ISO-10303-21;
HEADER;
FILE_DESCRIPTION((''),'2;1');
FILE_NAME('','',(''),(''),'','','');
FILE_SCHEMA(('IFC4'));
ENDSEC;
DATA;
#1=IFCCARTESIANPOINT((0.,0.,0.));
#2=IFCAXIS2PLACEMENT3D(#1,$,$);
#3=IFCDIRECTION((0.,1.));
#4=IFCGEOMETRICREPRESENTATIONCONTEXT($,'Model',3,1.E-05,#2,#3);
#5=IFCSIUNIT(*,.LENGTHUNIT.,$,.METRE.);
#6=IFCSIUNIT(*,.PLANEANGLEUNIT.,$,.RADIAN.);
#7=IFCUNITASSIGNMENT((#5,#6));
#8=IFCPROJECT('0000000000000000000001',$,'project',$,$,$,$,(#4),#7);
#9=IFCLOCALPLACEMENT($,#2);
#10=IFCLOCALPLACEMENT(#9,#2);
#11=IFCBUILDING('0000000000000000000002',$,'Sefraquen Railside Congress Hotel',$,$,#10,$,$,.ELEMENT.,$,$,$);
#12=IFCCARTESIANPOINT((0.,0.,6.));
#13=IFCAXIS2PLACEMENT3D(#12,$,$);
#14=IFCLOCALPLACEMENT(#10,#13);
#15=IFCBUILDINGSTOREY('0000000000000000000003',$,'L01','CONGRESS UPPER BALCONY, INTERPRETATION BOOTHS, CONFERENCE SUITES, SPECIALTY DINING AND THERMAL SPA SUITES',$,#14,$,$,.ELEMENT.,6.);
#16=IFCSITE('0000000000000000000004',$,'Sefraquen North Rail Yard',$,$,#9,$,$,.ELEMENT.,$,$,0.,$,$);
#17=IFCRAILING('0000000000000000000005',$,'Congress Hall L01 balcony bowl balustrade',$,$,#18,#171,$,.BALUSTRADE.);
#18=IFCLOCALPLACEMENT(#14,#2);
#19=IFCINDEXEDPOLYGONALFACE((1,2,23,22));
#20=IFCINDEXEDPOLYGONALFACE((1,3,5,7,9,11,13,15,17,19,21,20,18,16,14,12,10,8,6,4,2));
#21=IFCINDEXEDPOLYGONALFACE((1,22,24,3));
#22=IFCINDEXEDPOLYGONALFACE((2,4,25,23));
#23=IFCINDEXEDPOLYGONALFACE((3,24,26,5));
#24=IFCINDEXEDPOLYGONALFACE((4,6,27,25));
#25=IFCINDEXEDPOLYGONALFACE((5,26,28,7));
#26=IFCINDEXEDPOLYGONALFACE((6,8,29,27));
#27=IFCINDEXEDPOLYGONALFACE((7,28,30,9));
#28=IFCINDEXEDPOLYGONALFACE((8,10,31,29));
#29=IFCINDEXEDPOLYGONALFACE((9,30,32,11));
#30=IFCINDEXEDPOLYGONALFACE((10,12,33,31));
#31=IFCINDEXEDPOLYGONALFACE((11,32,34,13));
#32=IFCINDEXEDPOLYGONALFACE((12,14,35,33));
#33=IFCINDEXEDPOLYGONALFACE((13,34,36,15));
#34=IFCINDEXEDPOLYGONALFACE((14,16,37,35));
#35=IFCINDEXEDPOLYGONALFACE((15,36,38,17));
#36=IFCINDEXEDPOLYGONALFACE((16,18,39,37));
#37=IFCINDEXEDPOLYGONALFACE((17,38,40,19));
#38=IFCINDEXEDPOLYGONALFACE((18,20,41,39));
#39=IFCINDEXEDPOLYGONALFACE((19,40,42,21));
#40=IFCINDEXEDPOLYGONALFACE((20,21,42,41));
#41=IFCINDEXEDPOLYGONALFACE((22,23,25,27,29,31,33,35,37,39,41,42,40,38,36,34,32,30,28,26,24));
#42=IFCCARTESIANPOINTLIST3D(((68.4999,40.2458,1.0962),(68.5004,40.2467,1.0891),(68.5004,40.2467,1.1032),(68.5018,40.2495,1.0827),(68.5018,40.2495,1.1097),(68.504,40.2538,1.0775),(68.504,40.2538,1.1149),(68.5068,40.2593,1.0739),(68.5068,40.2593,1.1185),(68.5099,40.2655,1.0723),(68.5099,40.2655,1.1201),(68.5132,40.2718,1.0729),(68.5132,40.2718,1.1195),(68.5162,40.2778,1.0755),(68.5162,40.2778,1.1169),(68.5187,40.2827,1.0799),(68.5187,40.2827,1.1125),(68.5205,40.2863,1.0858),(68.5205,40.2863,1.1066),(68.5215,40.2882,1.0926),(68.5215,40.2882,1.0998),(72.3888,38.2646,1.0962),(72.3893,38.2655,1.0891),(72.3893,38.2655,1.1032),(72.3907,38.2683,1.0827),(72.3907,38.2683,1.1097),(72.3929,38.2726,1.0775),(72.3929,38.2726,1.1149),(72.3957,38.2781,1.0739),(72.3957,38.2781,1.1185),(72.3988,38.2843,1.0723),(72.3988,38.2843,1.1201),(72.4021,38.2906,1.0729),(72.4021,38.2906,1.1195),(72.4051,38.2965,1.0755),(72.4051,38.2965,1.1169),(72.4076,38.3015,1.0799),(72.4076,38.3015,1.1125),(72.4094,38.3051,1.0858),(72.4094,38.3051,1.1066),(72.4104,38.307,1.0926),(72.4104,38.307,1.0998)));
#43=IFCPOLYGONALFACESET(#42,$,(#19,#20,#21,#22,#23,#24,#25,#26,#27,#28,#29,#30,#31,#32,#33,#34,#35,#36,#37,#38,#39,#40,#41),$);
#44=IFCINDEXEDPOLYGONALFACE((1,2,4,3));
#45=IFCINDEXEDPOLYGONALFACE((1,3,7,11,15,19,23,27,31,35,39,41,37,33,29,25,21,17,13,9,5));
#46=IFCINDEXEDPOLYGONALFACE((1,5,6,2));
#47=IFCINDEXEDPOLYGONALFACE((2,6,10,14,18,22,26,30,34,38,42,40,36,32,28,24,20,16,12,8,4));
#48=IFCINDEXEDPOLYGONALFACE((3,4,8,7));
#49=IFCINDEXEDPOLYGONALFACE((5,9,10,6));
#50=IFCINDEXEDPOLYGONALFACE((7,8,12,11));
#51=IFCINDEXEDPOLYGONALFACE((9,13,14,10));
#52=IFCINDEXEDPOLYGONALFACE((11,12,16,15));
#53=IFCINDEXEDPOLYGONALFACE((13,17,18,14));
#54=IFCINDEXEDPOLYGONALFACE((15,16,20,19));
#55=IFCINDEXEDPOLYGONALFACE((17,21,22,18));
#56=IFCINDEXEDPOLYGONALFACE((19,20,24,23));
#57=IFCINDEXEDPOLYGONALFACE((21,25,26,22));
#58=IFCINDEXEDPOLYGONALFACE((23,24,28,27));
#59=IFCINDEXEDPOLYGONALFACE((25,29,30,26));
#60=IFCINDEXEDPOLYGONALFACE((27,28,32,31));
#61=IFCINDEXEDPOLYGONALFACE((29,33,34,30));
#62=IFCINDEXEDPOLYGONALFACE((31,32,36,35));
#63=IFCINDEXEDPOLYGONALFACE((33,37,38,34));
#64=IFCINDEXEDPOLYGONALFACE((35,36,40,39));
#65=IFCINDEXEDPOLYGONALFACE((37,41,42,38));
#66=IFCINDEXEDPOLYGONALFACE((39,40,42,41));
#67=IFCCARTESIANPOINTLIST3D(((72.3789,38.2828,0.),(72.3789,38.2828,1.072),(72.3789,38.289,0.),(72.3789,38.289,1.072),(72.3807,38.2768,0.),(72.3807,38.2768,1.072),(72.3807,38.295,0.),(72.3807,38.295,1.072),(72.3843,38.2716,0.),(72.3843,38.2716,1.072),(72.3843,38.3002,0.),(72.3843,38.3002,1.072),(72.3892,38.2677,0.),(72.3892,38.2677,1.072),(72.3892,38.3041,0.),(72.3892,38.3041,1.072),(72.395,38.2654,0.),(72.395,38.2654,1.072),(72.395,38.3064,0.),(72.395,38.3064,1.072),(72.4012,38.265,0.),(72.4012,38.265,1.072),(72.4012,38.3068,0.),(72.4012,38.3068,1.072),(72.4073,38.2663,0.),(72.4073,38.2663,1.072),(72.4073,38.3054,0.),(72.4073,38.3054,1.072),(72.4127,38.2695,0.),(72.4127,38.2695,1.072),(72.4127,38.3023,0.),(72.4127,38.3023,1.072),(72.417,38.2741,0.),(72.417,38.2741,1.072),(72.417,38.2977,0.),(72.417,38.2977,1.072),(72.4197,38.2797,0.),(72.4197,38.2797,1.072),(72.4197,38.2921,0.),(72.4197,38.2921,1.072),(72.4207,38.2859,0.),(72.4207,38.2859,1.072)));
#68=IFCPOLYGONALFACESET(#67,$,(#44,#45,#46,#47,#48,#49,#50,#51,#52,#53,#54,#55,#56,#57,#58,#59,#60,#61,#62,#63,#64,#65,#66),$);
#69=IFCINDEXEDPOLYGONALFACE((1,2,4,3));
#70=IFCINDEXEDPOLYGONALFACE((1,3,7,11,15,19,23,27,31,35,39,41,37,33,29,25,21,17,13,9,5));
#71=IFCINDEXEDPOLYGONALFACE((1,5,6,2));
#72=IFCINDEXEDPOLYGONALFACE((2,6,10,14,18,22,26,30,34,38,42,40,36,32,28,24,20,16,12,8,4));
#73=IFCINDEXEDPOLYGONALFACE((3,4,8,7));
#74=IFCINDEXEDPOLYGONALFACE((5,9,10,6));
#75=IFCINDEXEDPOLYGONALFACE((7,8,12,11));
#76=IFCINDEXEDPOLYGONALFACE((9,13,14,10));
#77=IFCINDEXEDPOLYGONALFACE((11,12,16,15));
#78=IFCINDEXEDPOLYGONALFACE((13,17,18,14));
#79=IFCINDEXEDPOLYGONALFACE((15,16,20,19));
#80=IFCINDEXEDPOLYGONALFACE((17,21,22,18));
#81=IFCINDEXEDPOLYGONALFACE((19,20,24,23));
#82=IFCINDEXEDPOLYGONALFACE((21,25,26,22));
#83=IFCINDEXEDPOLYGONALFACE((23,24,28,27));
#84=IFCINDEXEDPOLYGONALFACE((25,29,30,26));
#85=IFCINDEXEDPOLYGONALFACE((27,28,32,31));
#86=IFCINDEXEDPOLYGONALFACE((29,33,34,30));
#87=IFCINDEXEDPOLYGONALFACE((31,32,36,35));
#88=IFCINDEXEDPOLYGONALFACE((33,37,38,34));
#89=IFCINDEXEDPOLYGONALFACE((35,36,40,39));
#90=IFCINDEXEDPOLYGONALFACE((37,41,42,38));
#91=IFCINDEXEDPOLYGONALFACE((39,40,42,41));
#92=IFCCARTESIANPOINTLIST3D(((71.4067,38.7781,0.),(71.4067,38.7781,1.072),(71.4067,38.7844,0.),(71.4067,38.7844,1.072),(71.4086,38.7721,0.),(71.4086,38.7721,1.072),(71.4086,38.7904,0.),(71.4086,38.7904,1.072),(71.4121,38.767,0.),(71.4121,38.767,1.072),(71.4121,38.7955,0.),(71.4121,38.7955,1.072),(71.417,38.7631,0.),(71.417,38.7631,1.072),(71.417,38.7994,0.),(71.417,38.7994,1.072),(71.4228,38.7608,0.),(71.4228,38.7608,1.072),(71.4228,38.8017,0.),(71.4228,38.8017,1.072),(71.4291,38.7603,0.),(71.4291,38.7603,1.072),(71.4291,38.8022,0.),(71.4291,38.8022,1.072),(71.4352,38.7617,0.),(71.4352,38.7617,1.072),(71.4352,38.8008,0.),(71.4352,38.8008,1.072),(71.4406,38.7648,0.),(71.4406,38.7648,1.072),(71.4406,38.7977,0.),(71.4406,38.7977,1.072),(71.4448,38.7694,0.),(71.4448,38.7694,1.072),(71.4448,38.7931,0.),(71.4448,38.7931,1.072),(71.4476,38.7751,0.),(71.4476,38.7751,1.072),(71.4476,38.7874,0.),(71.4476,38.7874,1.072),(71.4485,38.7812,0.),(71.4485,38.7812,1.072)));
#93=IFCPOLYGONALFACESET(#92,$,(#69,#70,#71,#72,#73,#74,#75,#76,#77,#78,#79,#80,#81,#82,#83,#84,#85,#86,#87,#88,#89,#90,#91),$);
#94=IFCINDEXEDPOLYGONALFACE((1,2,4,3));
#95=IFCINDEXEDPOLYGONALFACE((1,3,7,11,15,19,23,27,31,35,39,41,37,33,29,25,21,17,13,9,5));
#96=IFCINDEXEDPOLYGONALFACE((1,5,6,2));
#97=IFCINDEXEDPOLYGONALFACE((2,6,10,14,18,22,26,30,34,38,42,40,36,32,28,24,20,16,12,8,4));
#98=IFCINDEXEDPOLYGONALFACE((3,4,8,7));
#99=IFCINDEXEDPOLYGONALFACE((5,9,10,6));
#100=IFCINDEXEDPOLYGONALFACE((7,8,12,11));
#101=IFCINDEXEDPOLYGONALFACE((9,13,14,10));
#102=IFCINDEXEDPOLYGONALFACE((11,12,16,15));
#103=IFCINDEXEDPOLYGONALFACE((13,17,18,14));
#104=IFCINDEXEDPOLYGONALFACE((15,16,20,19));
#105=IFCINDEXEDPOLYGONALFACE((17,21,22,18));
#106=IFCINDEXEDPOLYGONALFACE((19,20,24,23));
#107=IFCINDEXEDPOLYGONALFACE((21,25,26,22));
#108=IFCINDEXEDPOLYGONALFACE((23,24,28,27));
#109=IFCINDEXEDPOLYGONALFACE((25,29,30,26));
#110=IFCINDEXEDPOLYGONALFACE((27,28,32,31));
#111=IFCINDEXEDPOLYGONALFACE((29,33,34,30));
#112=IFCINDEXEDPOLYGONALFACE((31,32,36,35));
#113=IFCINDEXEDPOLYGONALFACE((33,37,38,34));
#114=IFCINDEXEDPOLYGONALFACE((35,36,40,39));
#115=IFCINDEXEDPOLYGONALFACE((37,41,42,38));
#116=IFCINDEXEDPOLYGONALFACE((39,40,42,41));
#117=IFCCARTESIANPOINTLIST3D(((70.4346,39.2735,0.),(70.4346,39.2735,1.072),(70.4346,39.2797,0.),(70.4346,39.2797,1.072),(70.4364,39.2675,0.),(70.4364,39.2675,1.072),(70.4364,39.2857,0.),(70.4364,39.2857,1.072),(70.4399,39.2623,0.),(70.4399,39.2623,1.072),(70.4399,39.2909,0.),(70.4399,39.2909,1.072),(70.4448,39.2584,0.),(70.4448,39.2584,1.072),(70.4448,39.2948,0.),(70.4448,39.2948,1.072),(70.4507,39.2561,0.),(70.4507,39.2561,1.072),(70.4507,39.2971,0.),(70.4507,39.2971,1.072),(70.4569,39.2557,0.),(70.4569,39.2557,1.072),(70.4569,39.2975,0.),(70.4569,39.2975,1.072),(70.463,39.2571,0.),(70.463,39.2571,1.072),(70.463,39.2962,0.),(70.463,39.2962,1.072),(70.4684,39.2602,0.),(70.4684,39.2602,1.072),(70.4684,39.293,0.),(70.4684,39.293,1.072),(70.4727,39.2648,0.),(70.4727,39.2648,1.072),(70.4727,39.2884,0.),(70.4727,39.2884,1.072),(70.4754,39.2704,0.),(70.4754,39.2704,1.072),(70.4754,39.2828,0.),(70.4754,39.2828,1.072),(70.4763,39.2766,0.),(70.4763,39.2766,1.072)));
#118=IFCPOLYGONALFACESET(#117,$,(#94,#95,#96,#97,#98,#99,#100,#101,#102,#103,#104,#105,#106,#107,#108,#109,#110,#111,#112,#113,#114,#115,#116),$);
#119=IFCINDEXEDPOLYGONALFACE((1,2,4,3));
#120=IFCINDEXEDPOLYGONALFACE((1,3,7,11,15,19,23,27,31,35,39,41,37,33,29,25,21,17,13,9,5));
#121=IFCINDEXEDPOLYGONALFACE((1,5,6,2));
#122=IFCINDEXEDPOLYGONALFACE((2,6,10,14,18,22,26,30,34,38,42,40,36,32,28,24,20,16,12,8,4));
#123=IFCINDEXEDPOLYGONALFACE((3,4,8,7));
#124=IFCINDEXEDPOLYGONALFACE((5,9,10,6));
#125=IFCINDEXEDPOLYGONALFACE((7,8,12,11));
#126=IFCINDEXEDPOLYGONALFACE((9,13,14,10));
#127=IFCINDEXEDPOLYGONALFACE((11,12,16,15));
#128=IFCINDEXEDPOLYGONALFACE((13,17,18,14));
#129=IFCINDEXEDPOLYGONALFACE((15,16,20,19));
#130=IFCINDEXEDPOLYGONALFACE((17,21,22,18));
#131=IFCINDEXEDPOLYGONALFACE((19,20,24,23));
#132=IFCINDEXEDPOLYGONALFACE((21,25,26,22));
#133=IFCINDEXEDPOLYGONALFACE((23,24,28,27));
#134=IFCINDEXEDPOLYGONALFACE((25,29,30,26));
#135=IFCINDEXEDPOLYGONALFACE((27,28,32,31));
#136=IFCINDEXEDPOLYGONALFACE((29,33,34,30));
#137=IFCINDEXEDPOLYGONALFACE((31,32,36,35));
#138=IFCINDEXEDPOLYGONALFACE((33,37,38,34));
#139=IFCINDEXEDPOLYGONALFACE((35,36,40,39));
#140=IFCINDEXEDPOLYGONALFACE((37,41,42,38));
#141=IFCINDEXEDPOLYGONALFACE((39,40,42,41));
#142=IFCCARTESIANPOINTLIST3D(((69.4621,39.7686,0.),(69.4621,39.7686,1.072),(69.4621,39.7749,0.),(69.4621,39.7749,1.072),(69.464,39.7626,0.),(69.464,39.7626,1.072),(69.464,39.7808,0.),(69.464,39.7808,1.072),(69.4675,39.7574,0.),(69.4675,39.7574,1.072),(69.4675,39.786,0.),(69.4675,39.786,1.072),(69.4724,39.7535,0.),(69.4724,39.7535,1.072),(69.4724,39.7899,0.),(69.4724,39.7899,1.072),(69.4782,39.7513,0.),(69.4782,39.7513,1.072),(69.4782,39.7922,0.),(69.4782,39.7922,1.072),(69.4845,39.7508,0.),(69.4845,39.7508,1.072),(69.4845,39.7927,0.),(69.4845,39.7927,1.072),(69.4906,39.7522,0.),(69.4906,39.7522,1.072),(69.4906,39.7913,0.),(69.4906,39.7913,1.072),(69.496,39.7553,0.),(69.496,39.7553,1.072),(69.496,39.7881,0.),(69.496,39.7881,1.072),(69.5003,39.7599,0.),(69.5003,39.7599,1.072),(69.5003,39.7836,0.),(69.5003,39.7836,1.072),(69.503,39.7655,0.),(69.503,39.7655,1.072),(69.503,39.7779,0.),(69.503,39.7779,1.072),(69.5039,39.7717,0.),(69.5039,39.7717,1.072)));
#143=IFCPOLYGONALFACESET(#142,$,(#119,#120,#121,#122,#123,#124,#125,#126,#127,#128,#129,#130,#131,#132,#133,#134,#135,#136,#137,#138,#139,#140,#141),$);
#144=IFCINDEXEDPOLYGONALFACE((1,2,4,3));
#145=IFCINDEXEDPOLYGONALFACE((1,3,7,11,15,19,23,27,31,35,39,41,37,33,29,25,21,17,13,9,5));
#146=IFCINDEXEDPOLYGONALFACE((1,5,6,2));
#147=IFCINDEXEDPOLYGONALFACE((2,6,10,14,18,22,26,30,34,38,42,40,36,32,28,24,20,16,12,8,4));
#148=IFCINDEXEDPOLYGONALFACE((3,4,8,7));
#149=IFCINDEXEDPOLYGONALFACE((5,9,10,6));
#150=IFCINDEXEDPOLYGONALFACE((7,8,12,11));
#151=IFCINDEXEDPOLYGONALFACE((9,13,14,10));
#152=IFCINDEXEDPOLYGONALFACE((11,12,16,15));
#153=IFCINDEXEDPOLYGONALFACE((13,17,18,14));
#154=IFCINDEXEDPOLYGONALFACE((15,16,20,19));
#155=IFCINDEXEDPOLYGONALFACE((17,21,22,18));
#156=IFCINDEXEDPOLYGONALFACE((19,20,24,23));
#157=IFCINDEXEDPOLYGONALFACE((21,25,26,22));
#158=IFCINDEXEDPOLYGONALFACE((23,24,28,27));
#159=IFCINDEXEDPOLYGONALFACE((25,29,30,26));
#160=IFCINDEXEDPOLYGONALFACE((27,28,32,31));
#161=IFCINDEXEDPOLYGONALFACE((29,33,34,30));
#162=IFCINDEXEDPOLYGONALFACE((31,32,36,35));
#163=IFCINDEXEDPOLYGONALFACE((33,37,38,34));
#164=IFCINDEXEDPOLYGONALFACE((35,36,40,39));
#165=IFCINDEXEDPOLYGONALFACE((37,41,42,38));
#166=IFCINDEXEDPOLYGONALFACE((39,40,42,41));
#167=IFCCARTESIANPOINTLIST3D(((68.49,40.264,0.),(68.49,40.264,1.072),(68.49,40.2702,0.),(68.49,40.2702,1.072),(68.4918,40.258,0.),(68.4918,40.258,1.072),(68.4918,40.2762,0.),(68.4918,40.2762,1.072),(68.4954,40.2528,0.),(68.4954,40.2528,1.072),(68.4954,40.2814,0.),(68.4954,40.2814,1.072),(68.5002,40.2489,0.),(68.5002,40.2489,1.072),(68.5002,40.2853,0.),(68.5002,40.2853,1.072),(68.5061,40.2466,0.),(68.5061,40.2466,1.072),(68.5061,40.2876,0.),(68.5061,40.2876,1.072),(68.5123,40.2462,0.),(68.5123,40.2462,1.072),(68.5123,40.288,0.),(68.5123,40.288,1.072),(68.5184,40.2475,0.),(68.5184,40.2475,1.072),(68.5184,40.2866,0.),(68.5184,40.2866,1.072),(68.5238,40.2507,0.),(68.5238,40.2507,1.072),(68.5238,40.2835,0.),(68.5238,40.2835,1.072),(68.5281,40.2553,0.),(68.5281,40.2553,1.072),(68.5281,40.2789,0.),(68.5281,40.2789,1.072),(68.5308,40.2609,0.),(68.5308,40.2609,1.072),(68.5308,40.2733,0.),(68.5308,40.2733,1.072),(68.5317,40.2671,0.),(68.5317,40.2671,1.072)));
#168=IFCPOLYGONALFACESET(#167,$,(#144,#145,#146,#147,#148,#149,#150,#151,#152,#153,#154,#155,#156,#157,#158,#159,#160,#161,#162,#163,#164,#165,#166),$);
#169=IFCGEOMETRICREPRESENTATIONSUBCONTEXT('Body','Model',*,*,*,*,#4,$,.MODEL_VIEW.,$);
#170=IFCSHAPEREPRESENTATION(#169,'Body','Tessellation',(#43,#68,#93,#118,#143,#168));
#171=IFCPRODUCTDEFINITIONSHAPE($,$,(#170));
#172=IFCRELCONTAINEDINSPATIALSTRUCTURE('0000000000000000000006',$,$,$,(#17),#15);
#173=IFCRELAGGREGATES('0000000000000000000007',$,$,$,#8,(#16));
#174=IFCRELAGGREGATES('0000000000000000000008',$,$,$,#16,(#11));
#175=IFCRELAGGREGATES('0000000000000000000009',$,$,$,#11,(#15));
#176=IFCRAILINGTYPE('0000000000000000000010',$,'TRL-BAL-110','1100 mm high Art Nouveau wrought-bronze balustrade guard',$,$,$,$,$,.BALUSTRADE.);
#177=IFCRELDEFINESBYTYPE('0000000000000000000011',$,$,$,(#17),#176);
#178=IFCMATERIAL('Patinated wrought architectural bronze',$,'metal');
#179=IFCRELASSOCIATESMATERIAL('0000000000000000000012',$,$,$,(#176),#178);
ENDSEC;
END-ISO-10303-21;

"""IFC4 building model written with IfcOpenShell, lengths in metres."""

from ifc_helpers import new_model, si_unit, direction, frame, origin, origin_2d, place, context, subcontext, project, spatial, circle, extrude, material, type_object, element, save


model = new_model("IFC4")

# Units and contexts
model_context = context("Model", 3, precision=1e-05, world=origin(), true_north=direction((0.0, 1.0)))
body_context = subcontext(model_context, "Body", "Model", "MODEL_VIEW")
ifc_project = project(units=[si_unit("LENGTHUNIT", "METRE"), si_unit("PLANEANGLEUNIT", "RADIAN")], contexts=[model_context])

# Site, building, storey
site_placement = place(None, origin())
site = spatial("IfcSite", under=ifc_project, at=site_placement, Name="Sefraquen North Rail Yard", CompositionType="ELEMENT", RefElevation=0.0)
building_placement = place(site_placement, origin())
building = spatial("IfcBuilding", under=site, at=building_placement, Name="Sefraquen Railside Congress Hotel", CompositionType="ELEMENT")
storey_placement = place(building_placement, frame((0.0, 0.0, 6.0)))
storey = spatial("IfcBuildingStorey", under=building, at=storey_placement, Name="L01", Description="CONGRESS UPPER BALCONY, INTERPRETATION BOOTHS, CONFERENCE SUITES, SPECIALTY DINING AND THERMAL SPA SUITES", CompositionType="ELEMENT", Elevation=6.0)

# Railing
ifc_material_1 = material(Name="Patinated wrought architectural bronze", Category="metal")
railing_type = type_object("IfcRailingType", Name="TRL-BAL-110", Description="1100 mm high Art Nouveau wrought-bronze balustrade guard", PredefinedType="BALUSTRADE", material=ifc_material_1)
railing_1_placement = place(storey_placement, frame((72.3997, 38.2859, 0.0)))
element("IfcRailing", 1, at=railing_1_placement, inside=storey, type_object=railing_type, Name="Congress Hall L01 balcony bowl balustrade", PredefinedType="BALUSTRADE", context=body_context, shape_type="SweptSolid", body=[
    extrude(circle(Radius=0.0239, at=origin_2d()), frame((0.0, 0.0, 1.0962), z_axis=(-0.891034, 0.453936, 0.0), x_axis=(-0.453936, -0.891034, 0.0)), (0.0, 0.0, 1.0), 4.3645),
    extrude(circle(Radius=0.021, at=origin_2d()), origin(), (0.0, 0.0, 1.0), 1.072),
    extrude(circle(Radius=0.021, at=origin_2d()), frame((-0.9722, 0.4954, 0.0)), (0.0, 0.0, 1.0), 1.072),
    extrude(circle(Radius=0.021, at=origin_2d()), frame((-1.9443, 0.9907, 0.0)), (0.0, 0.0, 1.0), 1.072),
    extrude(circle(Radius=0.021, at=origin_2d()), frame((-2.9167, 1.4858, 0.0)), (0.0, 0.0, 1.0), 1.072),
    extrude(circle(Radius=0.021, at=origin_2d()), frame((-3.8889, 1.9812, 0.0)), (0.0, 0.0, 1.0), 1.072),
])

save(model, "model.ifc")
